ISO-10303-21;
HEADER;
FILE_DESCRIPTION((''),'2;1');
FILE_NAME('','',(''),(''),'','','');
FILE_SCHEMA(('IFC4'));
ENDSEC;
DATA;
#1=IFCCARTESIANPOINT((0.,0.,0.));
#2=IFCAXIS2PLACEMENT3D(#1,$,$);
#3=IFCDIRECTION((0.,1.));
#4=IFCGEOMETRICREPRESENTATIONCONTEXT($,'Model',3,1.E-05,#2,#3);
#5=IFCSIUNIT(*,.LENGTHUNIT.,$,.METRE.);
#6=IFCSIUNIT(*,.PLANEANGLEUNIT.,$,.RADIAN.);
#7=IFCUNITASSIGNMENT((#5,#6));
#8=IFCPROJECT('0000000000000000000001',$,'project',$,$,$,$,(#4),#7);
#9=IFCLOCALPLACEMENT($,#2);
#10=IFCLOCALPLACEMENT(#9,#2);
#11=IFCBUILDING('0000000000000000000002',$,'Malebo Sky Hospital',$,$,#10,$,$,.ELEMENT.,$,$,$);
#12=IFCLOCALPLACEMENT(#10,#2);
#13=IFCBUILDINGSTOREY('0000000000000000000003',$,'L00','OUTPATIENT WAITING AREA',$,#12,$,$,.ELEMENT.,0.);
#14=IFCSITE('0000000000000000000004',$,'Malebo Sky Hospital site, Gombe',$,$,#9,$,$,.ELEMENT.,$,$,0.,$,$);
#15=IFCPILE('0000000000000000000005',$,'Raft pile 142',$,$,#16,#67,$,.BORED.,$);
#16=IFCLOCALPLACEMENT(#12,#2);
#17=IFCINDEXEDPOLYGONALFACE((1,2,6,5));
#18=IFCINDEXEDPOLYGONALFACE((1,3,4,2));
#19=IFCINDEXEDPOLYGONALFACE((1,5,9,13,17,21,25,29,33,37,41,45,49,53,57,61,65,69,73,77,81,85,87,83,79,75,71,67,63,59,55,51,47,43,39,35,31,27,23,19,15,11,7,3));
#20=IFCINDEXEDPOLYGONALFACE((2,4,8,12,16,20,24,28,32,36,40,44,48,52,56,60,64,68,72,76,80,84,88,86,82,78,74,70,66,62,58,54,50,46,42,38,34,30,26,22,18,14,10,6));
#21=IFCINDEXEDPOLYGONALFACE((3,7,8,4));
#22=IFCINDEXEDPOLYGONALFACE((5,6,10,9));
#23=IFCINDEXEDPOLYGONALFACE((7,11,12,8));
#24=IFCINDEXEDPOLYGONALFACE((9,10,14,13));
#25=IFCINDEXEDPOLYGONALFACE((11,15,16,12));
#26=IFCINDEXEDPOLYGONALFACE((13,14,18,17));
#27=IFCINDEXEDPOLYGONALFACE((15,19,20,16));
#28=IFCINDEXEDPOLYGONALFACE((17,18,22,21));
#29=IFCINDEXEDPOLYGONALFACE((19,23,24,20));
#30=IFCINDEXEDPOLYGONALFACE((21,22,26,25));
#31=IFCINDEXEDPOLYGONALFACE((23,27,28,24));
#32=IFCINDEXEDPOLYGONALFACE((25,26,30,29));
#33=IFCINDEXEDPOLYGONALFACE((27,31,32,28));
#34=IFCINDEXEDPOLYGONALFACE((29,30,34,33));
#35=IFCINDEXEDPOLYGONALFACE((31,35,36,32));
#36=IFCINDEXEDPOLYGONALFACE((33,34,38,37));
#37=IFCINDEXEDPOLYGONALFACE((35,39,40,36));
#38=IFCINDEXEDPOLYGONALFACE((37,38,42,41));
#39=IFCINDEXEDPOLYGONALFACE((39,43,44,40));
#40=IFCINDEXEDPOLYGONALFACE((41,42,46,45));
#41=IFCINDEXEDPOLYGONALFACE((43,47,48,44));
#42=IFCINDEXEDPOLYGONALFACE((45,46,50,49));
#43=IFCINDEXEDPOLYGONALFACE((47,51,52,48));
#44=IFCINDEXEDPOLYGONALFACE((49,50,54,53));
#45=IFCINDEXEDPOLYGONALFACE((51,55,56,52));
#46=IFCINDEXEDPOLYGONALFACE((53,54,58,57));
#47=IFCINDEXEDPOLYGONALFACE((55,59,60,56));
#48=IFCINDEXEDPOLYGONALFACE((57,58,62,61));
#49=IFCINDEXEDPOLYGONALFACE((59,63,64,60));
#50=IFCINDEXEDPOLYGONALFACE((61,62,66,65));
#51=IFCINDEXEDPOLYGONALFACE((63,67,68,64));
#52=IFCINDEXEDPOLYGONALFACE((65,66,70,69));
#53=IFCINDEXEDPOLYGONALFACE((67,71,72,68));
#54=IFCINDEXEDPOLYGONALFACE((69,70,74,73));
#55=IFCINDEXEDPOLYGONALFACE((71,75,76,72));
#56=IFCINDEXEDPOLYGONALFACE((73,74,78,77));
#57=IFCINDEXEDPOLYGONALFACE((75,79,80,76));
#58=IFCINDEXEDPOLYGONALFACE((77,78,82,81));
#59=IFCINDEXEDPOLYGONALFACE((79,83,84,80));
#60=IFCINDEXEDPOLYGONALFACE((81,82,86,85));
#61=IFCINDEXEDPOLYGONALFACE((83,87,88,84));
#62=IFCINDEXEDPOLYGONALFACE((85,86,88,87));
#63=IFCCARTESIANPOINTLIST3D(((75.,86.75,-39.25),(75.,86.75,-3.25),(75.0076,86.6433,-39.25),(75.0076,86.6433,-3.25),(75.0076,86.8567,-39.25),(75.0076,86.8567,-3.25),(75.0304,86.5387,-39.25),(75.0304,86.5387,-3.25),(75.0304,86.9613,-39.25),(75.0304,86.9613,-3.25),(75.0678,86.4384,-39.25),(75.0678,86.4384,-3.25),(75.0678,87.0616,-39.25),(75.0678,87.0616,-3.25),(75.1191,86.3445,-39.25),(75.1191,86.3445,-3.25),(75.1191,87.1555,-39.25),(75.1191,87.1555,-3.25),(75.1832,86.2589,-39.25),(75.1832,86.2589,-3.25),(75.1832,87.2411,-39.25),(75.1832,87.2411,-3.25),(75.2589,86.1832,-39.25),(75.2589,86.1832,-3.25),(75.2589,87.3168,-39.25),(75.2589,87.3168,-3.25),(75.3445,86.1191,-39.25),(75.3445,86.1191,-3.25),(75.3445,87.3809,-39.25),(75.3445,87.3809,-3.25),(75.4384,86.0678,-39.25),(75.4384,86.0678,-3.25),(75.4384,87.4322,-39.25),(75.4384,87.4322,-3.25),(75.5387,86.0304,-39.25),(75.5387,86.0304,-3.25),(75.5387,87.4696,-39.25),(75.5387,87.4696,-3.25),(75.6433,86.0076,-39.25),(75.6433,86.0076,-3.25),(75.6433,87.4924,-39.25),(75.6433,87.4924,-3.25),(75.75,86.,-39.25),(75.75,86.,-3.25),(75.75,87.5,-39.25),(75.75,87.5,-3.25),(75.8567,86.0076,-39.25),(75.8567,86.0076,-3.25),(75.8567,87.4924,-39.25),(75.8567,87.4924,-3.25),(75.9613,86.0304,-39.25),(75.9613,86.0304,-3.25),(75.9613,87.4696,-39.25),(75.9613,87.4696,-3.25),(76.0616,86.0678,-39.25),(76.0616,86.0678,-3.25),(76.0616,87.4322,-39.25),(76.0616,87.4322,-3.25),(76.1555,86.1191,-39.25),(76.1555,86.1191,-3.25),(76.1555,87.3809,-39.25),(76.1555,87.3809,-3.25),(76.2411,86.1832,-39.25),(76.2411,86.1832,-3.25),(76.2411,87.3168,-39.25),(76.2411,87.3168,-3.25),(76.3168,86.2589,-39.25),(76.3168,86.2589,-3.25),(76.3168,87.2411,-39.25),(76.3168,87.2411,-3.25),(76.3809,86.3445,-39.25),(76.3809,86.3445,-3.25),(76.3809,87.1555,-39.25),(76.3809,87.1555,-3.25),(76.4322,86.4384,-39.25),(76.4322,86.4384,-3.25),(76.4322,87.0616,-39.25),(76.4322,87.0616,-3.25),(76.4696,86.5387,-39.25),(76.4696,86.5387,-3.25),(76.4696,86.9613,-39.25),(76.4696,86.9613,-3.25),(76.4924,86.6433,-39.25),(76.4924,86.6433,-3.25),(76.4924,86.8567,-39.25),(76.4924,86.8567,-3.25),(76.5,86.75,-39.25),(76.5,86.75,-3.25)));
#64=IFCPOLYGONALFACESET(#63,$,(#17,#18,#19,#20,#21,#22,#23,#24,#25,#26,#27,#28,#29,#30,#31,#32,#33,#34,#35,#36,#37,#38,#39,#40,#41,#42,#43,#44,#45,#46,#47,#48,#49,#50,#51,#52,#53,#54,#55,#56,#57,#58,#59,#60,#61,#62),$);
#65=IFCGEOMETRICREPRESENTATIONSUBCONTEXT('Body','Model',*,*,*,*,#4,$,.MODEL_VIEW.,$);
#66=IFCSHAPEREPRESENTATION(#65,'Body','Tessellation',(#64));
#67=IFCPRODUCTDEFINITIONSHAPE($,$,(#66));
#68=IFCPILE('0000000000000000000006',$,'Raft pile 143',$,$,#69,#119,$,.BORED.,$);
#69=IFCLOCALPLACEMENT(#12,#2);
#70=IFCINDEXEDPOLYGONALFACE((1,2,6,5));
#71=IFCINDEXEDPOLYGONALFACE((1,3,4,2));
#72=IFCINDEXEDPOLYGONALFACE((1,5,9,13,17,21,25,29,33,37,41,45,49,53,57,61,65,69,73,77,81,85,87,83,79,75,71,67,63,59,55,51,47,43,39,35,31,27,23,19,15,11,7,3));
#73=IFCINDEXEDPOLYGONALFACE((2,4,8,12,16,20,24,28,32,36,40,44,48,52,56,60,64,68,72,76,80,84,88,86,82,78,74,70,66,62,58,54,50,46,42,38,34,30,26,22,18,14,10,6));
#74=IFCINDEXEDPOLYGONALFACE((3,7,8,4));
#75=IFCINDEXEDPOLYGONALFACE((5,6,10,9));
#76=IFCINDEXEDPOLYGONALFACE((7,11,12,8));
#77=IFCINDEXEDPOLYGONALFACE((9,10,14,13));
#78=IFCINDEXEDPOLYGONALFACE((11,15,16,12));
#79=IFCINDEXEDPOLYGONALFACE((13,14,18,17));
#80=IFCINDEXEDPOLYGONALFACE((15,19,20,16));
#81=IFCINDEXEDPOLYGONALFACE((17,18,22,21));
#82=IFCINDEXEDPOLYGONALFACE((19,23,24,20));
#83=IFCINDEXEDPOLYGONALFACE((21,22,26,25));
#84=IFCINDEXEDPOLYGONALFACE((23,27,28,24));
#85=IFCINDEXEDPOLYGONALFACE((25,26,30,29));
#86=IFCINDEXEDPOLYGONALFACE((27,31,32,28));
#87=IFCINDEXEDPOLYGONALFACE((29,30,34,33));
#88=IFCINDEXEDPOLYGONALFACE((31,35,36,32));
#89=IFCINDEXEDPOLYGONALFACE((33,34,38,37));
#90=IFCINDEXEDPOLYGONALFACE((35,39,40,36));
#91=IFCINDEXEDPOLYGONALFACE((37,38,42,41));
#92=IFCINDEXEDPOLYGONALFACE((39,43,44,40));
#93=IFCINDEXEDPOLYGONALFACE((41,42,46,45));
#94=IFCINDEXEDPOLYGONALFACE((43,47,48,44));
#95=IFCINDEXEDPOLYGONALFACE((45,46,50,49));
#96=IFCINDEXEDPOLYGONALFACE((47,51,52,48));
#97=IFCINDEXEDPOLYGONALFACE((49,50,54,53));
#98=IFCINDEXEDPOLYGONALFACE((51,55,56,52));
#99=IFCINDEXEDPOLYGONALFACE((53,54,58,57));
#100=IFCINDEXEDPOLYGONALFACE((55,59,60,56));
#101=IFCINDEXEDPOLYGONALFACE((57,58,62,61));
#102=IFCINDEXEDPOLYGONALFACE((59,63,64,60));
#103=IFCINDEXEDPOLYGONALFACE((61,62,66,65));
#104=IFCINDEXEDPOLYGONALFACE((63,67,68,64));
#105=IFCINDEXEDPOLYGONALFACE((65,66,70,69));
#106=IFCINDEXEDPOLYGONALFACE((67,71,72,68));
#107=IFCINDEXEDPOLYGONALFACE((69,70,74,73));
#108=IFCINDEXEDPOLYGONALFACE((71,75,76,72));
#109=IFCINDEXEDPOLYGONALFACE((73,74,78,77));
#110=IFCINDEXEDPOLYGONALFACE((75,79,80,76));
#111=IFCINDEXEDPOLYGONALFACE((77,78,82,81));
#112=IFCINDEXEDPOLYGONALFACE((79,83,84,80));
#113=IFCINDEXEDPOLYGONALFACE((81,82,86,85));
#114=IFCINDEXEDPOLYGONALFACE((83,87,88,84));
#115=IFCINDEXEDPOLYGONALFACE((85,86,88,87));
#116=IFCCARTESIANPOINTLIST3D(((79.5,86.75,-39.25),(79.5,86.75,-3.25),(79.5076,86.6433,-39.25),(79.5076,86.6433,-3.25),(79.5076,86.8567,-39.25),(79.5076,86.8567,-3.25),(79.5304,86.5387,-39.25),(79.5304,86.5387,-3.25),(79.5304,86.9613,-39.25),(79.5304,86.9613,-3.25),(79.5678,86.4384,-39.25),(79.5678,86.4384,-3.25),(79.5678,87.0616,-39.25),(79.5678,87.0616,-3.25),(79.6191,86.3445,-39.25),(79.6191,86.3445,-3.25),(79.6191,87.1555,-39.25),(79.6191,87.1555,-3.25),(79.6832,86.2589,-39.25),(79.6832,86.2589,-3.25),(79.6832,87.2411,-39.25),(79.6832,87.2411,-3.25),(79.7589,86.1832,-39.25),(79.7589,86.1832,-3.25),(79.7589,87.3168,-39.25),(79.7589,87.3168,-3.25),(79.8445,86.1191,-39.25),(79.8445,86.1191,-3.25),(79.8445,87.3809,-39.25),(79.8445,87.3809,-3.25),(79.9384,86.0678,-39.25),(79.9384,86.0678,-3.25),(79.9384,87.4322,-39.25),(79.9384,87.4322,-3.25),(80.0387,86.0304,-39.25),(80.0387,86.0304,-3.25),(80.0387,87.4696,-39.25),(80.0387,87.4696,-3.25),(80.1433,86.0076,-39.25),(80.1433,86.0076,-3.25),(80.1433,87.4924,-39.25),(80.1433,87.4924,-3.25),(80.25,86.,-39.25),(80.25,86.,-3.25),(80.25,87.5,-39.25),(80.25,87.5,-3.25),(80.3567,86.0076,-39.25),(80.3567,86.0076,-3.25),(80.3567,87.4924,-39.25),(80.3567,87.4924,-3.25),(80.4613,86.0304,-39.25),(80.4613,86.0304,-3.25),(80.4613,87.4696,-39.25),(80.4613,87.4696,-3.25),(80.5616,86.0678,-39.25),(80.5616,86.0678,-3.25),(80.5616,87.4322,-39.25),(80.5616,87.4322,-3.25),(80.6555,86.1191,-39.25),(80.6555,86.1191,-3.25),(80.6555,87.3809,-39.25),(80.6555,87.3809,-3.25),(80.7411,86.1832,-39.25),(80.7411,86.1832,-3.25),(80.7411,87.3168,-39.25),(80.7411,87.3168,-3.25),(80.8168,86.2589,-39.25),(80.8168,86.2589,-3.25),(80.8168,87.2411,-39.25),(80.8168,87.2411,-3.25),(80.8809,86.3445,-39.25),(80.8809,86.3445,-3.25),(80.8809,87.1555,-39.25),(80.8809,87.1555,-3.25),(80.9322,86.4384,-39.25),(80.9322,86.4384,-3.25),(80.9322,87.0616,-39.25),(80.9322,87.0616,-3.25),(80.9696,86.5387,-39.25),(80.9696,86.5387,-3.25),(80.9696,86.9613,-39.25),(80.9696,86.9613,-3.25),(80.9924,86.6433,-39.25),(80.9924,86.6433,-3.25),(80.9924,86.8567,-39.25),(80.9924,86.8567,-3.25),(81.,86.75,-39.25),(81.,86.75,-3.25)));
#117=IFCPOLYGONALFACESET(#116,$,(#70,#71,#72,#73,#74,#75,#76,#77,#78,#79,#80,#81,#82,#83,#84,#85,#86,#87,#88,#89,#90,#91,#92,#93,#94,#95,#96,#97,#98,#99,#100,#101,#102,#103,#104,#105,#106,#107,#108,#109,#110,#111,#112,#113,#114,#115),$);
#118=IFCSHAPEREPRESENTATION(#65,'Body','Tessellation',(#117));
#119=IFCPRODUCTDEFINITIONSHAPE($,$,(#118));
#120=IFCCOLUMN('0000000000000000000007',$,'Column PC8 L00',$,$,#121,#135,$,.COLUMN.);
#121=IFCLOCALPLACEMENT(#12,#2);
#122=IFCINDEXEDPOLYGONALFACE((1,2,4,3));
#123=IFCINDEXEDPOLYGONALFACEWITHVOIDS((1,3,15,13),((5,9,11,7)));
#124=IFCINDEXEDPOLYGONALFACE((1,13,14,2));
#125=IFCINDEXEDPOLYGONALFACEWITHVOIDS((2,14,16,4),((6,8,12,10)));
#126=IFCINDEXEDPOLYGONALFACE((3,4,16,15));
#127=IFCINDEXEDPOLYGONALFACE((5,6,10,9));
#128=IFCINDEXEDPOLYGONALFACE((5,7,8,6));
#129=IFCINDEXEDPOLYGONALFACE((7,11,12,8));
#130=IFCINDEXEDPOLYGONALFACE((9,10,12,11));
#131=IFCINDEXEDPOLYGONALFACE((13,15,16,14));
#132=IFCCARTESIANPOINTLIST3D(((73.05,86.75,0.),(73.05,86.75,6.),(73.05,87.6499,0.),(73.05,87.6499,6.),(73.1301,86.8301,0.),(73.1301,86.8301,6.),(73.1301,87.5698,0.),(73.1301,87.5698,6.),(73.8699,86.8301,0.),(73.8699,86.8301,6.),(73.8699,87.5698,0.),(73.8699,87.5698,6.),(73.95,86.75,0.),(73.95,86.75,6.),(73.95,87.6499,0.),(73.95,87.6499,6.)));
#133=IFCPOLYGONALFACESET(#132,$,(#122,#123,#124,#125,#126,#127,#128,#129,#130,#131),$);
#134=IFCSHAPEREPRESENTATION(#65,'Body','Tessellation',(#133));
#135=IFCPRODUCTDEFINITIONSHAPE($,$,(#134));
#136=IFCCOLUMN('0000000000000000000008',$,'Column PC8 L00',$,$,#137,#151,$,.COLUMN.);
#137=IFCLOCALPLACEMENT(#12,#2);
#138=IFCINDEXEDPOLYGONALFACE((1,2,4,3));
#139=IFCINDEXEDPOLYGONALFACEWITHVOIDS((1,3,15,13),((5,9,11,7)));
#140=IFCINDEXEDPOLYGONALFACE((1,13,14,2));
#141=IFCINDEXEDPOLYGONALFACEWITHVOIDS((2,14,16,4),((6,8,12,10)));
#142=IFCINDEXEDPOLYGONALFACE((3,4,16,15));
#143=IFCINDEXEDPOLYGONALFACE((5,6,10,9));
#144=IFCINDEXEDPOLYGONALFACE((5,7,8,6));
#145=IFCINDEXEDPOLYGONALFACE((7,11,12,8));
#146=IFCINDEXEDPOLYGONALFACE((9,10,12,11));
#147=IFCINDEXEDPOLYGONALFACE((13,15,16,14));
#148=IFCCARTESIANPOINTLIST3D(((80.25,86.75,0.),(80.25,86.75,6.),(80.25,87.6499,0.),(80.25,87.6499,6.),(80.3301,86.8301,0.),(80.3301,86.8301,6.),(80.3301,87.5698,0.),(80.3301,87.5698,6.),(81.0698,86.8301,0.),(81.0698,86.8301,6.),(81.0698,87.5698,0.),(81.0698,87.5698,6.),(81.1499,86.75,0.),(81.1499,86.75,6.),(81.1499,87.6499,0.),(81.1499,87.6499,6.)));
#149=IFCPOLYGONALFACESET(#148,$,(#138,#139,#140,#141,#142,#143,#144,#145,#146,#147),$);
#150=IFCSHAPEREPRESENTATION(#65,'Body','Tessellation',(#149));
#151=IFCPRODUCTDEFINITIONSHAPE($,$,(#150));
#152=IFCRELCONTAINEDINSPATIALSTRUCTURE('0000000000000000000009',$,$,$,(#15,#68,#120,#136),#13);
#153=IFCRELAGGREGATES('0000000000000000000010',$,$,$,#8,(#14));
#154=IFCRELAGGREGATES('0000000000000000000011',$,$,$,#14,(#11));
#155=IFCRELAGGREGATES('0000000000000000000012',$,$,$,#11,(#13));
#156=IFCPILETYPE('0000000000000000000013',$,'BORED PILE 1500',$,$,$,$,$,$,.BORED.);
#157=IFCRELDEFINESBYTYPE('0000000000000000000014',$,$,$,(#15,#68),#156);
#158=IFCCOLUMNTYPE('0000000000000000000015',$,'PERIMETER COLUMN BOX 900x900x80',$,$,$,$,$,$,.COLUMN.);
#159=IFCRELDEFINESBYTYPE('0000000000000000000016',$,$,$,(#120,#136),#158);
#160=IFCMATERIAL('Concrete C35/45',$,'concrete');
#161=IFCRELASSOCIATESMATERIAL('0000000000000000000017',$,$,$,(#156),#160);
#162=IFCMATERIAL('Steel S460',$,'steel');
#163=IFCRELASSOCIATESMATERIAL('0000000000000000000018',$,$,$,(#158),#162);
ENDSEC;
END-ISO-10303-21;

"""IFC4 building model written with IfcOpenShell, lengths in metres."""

from ifc_helpers import new_model, si_unit, direction, frame, origin, origin_2d, place, context, subcontext, project, spatial, hollow_rectangle, circle, extrude, material, material_profile, profile_set, type_object, element, save


model = new_model("IFC4")

# Units and contexts
model_context = context("Model", 3, precision=1e-05, world=origin(), true_north=direction((0.0, 1.0)))
body_context = subcontext(model_context, "Body", "Model", "MODEL_VIEW")
ifc_project = project(units=[si_unit("LENGTHUNIT", "METRE"), si_unit("PLANEANGLEUNIT", "RADIAN")], contexts=[model_context])

# Site, building, storey
site_placement = place(None, origin())
site = spatial("IfcSite", under=ifc_project, at=site_placement, Name="Malebo Sky Hospital site, Gombe", CompositionType="ELEMENT", RefElevation=0.0)
building_placement = place(site_placement, origin())
building = spatial("IfcBuilding", under=site, at=building_placement, Name="Malebo Sky Hospital", CompositionType="ELEMENT")
storey_placement = place(building_placement, origin())
storey = spatial("IfcBuildingStorey", under=building, at=storey_placement, Name="L00", Description="OUTPATIENT WAITING AREA", CompositionType="ELEMENT", Elevation=0.0)

# Piles
ifc_material_1 = material(Name="Concrete C35/45", Category="concrete")
ifc_material_profile_1 = material_profile(ifc_material_1, circle(Radius=0.75, at=origin_2d()), Name="BP 1500")
ifc_profile_set_1 = profile_set([ifc_material_profile_1], Name="Concrete C35/45")
pile_type = type_object("IfcPileType", Name="BORED PILE 1500", PredefinedType="BORED", material=ifc_profile_set_1)
for number, where, z_axis, x_axis, name in (
    (1, (75.75, 86.75, -3.25), (0.0, 0.0, -1.0), (1.0, 0.0, 0.0), "Raft pile 142"),
    (2, (80.25, 86.75, -3.25), (0.0, 0.0, -1.0), (1.0, 0.0, 0.0), "Raft pile 143"),
):
    element("IfcPile", number, at=place(storey_placement, frame(where, z_axis=z_axis, x_axis=x_axis)), inside=storey, type_object=pile_type, Name=name, PredefinedType="BORED", context=body_context, shape_type="SweptSolid", body=[
        extrude(circle(Radius=0.75, at=origin_2d()), origin(), (0.0, 0.0, 1.0), 36.0),
    ])

# Columns
ifc_material_2 = material(Name="Steel S460", Category="steel")
ifc_material_profile_2 = material_profile(ifc_material_2, hollow_rectangle(XDim=0.8999, YDim=0.8999, WallThickness=0.0801, at=origin_2d()), Name="BOX 900x900x80")
ifc_profile_set_2 = profile_set([ifc_material_profile_2], Name="Steel S460")
column_type = type_object("IfcColumnType", Name="PERIMETER COLUMN BOX 900x900x80", PredefinedType="COLUMN", material=ifc_profile_set_2)
for number, where, z_axis, x_axis, name in (
    (3, (73.5, 87.2, 0.0), (0.0, 0.0, 1.0), (1.0, 0.0, 0.0), "Column PC8 L00"),
    (4, (80.7, 87.2, 0.0), (0.0, 0.0, 1.0), (1.0, 0.0, 0.0), "Column PC8 L00"),
):
    element("IfcColumn", number, at=place(storey_placement, frame(where, z_axis=z_axis, x_axis=x_axis)), inside=storey, type_object=column_type, Name=name, PredefinedType="COLUMN", context=body_context, shape_type="SweptSolid", body=[
        extrude(hollow_rectangle(XDim=0.8999, YDim=0.8999, WallThickness=0.0801, at=origin_2d()), origin(), (0.0, 0.0, 1.0), 6.0),
    ])

save(model, "model.ifc")
